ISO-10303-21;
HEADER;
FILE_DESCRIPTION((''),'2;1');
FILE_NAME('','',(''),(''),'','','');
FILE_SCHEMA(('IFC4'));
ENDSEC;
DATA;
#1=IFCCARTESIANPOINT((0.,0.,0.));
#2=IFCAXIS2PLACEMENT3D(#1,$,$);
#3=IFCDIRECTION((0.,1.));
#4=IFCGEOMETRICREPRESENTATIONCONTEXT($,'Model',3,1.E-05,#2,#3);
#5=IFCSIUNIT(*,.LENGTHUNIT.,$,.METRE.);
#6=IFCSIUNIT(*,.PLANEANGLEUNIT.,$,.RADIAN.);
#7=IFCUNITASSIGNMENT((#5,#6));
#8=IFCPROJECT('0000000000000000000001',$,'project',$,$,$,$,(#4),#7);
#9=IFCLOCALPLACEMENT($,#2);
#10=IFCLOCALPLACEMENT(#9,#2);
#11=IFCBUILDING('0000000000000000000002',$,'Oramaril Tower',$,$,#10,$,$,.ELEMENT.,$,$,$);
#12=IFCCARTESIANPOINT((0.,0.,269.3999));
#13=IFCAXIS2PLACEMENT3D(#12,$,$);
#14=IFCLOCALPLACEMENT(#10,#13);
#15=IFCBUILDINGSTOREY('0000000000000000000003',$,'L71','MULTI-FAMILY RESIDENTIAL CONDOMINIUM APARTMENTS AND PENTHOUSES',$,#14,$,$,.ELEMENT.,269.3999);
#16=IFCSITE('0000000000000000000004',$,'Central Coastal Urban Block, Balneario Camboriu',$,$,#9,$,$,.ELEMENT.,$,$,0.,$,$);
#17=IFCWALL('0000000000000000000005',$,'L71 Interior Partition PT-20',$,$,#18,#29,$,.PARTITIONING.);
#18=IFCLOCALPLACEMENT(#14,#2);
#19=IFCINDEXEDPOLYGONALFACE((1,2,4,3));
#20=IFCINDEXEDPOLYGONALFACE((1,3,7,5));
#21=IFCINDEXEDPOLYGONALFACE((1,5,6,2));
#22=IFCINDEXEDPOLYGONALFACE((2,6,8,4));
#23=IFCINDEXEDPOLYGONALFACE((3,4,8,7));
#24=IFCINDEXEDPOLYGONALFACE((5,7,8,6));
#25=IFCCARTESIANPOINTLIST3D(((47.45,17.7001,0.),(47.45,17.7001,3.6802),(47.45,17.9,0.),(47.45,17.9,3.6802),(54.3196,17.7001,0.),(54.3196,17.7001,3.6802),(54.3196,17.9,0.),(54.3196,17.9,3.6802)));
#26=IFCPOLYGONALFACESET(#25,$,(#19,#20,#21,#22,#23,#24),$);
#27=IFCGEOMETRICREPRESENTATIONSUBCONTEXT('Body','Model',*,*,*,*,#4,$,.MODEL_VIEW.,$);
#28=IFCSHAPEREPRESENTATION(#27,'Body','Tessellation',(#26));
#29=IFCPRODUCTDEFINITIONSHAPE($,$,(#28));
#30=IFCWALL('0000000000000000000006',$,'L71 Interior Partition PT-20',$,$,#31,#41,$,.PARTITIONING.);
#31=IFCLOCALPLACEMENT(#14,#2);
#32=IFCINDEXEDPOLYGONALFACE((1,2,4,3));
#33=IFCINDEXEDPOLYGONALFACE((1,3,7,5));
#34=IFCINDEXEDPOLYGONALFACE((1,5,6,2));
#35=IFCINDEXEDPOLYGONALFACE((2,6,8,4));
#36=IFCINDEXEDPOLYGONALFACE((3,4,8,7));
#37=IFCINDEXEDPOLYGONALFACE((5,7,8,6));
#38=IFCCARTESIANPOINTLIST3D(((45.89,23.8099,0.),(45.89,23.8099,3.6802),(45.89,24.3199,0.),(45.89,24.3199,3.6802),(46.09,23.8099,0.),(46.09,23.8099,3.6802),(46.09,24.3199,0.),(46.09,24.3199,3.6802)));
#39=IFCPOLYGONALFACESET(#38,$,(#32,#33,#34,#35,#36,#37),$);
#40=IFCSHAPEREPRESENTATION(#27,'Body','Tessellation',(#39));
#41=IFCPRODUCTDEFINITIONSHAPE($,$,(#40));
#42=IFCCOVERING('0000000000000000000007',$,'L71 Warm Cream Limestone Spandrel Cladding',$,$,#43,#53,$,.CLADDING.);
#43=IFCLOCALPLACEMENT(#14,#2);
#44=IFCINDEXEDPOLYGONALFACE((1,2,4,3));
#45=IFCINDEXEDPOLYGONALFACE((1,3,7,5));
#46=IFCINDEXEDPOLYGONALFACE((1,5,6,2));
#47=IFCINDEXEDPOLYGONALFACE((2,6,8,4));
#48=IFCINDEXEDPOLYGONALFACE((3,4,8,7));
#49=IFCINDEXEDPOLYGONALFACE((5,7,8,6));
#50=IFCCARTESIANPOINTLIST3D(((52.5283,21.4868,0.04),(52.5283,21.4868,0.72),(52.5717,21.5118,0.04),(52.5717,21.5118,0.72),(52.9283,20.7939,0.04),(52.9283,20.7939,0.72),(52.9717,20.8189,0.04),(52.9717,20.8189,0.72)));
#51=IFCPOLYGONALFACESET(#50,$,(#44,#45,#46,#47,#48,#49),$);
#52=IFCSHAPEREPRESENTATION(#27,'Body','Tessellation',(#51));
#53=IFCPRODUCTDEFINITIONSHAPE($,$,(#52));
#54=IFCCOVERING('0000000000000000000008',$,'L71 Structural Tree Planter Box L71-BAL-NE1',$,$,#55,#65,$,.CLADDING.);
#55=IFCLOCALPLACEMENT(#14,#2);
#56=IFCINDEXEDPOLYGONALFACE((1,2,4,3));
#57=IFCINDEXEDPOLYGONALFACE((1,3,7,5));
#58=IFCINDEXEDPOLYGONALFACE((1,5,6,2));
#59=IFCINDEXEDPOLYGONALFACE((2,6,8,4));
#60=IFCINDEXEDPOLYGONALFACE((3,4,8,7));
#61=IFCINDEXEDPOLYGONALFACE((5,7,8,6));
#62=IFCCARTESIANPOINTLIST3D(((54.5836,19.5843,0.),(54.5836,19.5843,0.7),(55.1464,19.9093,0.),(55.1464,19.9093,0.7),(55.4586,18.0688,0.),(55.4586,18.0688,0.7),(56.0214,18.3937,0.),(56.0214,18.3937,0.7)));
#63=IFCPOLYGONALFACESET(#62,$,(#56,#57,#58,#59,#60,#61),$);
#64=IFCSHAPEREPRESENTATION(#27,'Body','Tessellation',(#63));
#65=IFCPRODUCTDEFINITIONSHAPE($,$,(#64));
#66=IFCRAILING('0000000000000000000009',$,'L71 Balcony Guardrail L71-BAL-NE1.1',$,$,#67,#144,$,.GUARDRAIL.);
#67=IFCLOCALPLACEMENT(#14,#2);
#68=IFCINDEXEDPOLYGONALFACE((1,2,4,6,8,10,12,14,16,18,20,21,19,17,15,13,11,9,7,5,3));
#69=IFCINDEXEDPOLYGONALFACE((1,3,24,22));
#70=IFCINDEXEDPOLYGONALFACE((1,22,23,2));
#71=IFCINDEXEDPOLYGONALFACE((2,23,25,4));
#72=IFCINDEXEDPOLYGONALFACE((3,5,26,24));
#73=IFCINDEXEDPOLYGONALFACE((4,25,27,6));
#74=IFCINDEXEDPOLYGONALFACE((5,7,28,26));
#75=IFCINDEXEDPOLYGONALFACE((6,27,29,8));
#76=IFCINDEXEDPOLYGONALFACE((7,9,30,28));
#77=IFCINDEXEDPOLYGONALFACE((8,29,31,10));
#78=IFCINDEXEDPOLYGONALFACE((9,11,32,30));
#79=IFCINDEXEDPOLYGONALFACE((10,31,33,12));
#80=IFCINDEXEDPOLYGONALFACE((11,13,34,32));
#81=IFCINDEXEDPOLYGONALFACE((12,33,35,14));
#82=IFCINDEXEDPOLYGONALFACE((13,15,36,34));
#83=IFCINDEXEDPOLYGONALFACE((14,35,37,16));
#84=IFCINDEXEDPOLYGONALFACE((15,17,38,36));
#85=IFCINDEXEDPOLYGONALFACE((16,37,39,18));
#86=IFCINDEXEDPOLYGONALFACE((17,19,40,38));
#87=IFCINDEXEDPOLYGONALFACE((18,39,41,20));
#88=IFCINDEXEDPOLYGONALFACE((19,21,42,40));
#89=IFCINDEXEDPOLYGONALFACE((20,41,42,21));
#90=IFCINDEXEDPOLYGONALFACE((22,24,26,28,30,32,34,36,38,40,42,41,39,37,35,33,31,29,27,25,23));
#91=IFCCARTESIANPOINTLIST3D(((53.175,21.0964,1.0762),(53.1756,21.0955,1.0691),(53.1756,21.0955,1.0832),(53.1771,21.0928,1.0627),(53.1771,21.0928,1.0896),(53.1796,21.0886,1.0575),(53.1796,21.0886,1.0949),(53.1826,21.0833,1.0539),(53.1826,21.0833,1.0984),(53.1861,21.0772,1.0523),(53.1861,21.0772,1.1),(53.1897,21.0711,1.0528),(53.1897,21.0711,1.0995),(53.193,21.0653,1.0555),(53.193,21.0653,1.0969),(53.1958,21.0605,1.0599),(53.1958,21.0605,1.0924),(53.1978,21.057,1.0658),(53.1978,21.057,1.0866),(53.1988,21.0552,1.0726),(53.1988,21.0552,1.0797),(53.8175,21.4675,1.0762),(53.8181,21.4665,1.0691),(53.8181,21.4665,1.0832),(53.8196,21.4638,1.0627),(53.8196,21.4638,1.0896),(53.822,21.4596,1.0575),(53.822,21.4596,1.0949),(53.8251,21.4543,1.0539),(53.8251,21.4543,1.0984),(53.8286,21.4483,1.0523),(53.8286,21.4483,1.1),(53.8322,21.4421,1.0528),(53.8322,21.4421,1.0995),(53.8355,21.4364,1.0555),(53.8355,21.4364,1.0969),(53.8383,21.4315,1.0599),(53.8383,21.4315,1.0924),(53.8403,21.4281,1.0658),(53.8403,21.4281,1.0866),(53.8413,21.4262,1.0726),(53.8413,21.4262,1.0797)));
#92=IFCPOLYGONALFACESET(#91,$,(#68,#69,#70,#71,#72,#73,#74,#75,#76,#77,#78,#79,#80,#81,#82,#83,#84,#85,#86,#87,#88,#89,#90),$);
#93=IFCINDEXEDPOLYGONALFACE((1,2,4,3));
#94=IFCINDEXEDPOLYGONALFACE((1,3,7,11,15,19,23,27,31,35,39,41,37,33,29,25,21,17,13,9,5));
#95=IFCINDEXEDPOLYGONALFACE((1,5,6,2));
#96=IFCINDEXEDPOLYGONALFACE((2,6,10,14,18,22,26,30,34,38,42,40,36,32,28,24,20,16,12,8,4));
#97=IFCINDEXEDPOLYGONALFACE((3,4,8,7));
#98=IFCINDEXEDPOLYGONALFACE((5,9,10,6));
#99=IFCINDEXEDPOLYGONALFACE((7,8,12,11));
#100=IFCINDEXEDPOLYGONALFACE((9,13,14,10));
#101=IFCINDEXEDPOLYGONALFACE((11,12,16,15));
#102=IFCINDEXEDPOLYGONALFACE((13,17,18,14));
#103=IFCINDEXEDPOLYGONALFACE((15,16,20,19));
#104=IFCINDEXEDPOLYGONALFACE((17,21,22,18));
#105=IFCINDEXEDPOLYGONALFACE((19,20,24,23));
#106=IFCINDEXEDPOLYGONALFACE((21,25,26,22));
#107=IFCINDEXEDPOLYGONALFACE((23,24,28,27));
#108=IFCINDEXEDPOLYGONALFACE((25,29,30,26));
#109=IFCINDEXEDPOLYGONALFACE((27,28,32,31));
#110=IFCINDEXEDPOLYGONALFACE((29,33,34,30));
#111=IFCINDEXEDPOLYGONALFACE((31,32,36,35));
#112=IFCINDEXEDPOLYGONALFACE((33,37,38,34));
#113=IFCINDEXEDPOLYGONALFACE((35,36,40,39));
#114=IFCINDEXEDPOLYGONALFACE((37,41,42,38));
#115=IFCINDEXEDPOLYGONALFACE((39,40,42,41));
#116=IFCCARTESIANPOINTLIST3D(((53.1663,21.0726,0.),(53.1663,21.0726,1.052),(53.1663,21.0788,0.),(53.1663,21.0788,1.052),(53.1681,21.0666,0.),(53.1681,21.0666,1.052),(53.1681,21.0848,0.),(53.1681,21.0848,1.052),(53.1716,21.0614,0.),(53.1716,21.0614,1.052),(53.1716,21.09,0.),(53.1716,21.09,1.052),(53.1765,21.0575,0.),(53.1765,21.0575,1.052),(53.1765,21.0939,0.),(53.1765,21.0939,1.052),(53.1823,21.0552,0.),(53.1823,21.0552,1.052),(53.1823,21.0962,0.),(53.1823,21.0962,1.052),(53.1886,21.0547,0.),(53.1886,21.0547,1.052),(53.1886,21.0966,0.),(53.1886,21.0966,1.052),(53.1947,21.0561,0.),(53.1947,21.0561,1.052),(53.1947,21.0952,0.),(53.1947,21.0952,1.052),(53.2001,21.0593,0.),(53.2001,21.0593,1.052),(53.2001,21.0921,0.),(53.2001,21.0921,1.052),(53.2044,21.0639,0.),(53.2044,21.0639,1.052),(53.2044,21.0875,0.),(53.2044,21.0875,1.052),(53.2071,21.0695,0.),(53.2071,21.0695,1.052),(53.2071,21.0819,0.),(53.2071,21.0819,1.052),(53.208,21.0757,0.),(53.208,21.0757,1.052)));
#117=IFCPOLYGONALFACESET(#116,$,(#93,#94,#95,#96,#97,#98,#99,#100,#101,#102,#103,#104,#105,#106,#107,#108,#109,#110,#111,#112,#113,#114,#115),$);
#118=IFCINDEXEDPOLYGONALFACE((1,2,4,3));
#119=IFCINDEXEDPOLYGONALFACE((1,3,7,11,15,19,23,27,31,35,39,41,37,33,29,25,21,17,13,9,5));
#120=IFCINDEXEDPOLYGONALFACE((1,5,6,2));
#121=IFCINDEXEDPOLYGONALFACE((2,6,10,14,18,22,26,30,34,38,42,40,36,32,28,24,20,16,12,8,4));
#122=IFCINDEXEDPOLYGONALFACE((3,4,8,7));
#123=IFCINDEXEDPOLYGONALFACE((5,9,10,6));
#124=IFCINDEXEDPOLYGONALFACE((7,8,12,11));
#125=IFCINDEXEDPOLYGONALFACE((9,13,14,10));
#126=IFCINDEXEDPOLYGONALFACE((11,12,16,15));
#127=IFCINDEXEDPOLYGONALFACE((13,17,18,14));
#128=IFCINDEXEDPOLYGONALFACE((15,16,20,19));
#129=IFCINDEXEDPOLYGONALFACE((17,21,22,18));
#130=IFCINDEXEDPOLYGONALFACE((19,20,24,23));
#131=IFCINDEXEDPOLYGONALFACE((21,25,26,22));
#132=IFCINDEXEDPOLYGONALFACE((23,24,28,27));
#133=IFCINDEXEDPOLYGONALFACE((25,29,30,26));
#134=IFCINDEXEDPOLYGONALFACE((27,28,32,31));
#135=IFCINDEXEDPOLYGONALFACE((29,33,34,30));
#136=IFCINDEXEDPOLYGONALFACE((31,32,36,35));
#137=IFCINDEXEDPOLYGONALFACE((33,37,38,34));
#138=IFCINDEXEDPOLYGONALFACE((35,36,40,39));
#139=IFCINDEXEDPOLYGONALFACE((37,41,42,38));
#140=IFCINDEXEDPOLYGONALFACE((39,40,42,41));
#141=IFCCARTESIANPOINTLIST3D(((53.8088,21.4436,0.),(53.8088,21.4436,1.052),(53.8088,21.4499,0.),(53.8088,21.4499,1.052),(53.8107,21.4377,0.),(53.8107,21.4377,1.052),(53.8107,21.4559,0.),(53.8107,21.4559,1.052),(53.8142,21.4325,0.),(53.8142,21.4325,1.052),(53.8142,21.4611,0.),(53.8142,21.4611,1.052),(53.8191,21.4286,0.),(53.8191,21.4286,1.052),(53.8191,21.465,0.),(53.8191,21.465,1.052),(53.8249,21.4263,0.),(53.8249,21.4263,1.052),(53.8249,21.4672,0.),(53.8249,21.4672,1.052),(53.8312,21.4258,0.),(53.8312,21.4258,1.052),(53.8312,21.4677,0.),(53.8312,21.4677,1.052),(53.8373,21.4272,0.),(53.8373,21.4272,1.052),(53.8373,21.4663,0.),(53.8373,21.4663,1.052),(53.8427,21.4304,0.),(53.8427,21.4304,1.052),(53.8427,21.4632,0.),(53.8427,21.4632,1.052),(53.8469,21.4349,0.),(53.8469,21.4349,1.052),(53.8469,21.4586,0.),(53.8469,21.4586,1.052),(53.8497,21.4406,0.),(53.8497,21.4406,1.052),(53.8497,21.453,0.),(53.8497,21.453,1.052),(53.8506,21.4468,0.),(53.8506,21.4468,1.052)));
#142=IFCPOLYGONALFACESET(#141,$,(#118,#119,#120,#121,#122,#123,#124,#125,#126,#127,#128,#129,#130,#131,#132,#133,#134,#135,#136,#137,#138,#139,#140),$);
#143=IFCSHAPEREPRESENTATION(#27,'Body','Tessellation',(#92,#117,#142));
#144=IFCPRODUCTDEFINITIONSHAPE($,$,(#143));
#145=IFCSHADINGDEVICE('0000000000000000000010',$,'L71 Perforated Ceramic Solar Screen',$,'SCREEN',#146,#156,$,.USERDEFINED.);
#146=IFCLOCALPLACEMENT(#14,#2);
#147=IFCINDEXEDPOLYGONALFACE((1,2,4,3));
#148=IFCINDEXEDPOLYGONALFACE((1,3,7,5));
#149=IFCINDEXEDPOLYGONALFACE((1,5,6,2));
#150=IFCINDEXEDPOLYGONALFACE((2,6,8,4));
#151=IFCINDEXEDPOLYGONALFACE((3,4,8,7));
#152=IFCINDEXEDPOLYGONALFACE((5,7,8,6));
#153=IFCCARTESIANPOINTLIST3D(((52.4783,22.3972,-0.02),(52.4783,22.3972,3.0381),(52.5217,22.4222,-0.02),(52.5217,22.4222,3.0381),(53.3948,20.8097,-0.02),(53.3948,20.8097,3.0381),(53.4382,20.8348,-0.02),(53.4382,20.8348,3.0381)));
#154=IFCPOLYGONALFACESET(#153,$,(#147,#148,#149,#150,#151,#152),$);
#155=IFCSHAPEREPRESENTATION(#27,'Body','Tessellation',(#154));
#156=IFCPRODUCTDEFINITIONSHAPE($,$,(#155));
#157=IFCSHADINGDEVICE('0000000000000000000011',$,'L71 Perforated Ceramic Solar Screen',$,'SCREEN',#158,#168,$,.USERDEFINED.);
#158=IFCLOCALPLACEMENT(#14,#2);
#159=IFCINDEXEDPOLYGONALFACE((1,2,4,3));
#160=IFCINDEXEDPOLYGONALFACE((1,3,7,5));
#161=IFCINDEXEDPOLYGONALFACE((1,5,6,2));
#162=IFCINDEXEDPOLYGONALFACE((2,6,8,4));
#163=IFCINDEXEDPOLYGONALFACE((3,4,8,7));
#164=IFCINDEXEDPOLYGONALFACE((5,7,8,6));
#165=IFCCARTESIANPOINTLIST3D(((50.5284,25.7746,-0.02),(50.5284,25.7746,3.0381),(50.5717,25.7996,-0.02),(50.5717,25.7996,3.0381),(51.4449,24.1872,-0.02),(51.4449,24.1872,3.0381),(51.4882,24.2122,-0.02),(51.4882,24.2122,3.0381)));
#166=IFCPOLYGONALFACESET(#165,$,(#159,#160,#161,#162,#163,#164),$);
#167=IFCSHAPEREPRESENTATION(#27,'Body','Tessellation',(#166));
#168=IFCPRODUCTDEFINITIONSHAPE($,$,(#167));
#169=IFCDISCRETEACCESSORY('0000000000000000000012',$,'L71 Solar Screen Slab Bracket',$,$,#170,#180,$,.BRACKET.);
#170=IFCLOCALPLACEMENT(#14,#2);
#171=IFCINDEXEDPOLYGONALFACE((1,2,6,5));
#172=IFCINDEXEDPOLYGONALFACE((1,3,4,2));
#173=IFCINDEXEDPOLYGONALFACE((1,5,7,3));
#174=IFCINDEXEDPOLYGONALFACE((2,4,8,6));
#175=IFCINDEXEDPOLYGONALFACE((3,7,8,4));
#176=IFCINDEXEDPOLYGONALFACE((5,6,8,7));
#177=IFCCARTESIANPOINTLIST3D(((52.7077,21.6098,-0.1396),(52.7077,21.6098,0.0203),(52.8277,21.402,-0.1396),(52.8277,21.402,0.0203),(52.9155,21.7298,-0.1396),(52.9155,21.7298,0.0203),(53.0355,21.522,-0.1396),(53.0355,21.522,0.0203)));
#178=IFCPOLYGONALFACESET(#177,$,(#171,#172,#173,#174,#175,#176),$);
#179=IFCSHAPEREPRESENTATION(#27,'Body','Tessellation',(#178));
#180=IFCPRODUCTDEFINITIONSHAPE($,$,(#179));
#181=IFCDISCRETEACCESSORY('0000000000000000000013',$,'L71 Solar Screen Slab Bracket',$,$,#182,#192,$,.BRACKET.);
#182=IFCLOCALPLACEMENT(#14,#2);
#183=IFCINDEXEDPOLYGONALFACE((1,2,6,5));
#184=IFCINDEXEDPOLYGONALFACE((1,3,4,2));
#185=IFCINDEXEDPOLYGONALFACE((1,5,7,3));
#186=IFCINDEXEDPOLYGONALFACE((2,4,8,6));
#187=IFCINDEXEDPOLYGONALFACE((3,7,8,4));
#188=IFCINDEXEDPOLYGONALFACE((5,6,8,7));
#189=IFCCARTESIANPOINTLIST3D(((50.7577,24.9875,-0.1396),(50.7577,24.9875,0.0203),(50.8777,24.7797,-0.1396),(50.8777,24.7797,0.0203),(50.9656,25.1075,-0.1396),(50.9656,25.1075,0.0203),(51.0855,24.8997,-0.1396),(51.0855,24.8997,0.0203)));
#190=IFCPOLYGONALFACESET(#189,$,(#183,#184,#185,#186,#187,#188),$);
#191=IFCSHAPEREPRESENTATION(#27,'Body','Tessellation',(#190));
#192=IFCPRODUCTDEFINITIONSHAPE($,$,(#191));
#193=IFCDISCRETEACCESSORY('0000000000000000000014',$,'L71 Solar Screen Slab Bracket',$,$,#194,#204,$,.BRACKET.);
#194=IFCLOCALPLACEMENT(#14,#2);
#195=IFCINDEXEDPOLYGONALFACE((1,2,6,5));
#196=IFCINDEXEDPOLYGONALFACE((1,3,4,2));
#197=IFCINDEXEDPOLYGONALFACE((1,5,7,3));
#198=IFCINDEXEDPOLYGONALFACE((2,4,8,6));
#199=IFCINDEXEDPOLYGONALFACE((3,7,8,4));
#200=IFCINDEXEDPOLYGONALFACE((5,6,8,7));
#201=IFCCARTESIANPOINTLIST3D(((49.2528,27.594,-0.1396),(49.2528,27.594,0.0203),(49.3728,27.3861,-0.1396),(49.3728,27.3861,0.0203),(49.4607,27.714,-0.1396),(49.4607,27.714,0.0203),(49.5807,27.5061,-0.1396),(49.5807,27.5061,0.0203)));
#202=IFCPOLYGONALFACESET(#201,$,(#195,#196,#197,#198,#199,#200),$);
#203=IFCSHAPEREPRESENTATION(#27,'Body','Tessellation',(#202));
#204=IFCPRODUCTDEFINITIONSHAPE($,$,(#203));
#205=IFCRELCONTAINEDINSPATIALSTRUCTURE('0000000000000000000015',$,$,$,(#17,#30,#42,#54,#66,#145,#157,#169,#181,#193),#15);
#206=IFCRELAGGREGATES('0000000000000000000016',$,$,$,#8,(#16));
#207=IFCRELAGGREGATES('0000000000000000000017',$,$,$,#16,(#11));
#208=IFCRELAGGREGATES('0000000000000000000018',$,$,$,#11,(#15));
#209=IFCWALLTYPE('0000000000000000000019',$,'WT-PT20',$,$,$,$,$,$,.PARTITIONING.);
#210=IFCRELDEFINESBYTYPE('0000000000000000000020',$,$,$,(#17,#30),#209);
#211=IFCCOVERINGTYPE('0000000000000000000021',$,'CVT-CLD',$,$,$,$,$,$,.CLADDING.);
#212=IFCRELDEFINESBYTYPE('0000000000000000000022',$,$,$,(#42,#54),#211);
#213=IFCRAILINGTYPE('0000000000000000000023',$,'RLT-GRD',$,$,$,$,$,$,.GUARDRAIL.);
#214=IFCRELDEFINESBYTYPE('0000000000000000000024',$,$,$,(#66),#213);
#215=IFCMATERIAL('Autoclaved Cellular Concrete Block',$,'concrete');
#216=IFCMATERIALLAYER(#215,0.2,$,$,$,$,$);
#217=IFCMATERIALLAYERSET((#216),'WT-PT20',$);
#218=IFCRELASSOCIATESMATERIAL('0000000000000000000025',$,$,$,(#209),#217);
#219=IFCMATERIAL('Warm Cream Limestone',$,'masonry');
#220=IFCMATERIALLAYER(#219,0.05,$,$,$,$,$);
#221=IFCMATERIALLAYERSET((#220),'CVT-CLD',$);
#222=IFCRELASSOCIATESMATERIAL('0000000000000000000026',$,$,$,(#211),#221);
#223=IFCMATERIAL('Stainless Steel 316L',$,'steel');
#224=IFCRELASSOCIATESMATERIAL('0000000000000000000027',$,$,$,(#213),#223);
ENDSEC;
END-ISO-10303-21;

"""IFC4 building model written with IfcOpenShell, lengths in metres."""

from ifc_helpers import new_model, si_unit, direction, frame, frame_2d, origin, origin_2d, place, context, subcontext, project, spatial, rectangle, circle, extrude, material, layer, layer_set, type_object, element, save


model = new_model("IFC4")

# Units and contexts
model_context = context("Model", 3, precision=1e-05, world=origin(), true_north=direction((0.0, 1.0)))
body_context = subcontext(model_context, "Body", "Model", "MODEL_VIEW")
ifc_project = project(units=[si_unit("LENGTHUNIT", "METRE"), si_unit("PLANEANGLEUNIT", "RADIAN")], contexts=[model_context])

# Site, building, storey
site_placement = place(None, origin())
site = spatial("IfcSite", under=ifc_project, at=site_placement, Name="Central Coastal Urban Block, Balneario Camboriu", CompositionType="ELEMENT", RefElevation=0.0)
building_placement = place(site_placement, origin())
building = spatial("IfcBuilding", under=site, at=building_placement, Name="Oramaril Tower", CompositionType="ELEMENT")
storey_placement = place(building_placement, frame((0.0, 0.0, 269.3999)))
storey = spatial("IfcBuildingStorey", under=building, at=storey_placement, Name="L71", Description="MULTI-FAMILY RESIDENTIAL CONDOMINIUM APARTMENTS AND PENTHOUSES", CompositionType="ELEMENT", Elevation=269.3999)

# Walls
ifc_material_1 = material(Name="Autoclaved Cellular Concrete Block", Category="concrete")
ifc_layer_1 = layer(ifc_material_1, 0.2)
ifc_layer_set_1 = layer_set([ifc_layer_1], Name="WT-PT20")
wall_type_1 = type_object("IfcWallType", Name="WT-PT20", PredefinedType="PARTITIONING", material=ifc_layer_set_1)
wall_1_placement = place(storey_placement, frame((47.45, 17.8, 0.0), z_axis=(0.0, 0.0, 1.0), x_axis=(1.0, 0.0, 0.0)))
element("IfcWall", 1, at=wall_1_placement, inside=storey, type_object=wall_type_1, Name="L71 Interior Partition PT-20", PredefinedType="PARTITIONING", context=body_context, shape_type="SweptSolid", body=[
    extrude(rectangle(XDim=6.8696, YDim=0.2, at=frame_2d((3.4348, 0.0))), origin(), (0.0, 0.0, 1.0), 3.6802),
])
wall_2_placement = place(storey_placement, frame((45.99, 23.8101, 0.0), z_axis=(0.0, 0.0, 1.0), x_axis=(0.0, 1.0, 0.0)))
element("IfcWall", 2, at=wall_2_placement, inside=storey, type_object=wall_type_1, Name="L71 Interior Partition PT-20", PredefinedType="PARTITIONING", context=body_context, shape_type="SweptSolid", body=[
    extrude(rectangle(XDim=0.51, YDim=0.2, at=frame_2d((0.2549, 0.0))), origin(), (0.0, 0.0, 1.0), 3.6802),
])

# Coverings
ifc_material_2 = material(Name="Warm Cream Limestone", Category="masonry")
ifc_layer_2 = layer(ifc_material_2, 0.05)
ifc_layer_set_2 = layer_set([ifc_layer_2], Name="CVT-CLD")
covering_type = type_object("IfcCoveringType", Name="CVT-CLD", PredefinedType="CLADDING", material=ifc_layer_set_2)
covering_1_placement = place(storey_placement, frame((52.75, 21.1528, 0.04), z_axis=(0.0, 0.0, 1.0), x_axis=(-0.5, 0.866025, 0.0)))
element("IfcCovering", 3, at=covering_1_placement, inside=storey, type_object=covering_type, Name="L71 Warm Cream Limestone Spandrel Cladding", PredefinedType="CLADDING", context=body_context, shape_type="SweptSolid", body=[
    extrude(rectangle(XDim=0.8, YDim=0.05, at=origin_2d()), origin(), (0.0, 0.0, 1.0), 0.6799),
])
covering_2_placement = place(storey_placement, frame((55.3025, 18.989, 0.0), z_axis=(0.0, 0.0, 1.0), x_axis=(-0.5, 0.866025, 0.0)))
element("IfcCovering", 4, at=covering_2_placement, inside=storey, type_object=covering_type, Name="L71 Structural Tree Planter Box L71-BAL-NE1", PredefinedType="CLADDING", context=body_context, shape_type="SweptSolid", body=[
    extrude(rectangle(XDim=1.75, YDim=0.6499, at=origin_2d()), origin(), (0.0, 0.0, 1.0), 0.7),
])

# Railing
ifc_material_3 = material(Name="Stainless Steel 316L", Category="steel")
railing_type = type_object("IfcRailingType", Name="RLT-GRD", PredefinedType="GUARDRAIL", material=ifc_material_3)
railing_1_placement = place(storey_placement, frame((53.187, 21.0757, 0.0)))
element("IfcRailing", 5, at=railing_1_placement, inside=storey, type_object=railing_type, Name="L71 Balcony Guardrail L71-BAL-NE1.1", PredefinedType="GUARDRAIL", context=body_context, shape_type="SweptSolid", body=[
    extrude(circle(Radius=0.0239, at=origin_2d()), frame((0.0, 0.0, 1.0762), z_axis=(0.865966, 0.500102, 0.0), x_axis=(-0.500102, 0.865966, 0.0)), (0.0, 0.0, 1.0), 0.7419),
    extrude(circle(Radius=0.021, at=origin_2d()), origin(), (0.0, 0.0, 1.0), 1.052),
    extrude(circle(Radius=0.021, at=origin_2d()), frame((0.6426, 0.3711, 0.0)), (0.0, 0.0, 1.0), 1.052),
])

# Shading devices
for number, where, z_axis, x_axis, name in (
    (6, (52.9583, 21.616, -0.02), (0.0, 0.0, 1.0), (-0.5, 0.866025, 0.0), "L71 Perforated Ceramic Solar Screen"),
    (7, (51.0083, 24.9934, -0.02), (0.0, 0.0, 1.0), (-0.5, 0.866025, 0.0), "L71 Perforated Ceramic Solar Screen"),
):
    element("IfcShadingDevice", number, at=place(storey_placement, frame(where, z_axis=z_axis, x_axis=x_axis)), inside=storey, Name=name, ObjectType="SCREEN", PredefinedType="USERDEFINED", context=body_context, shape_type="SweptSolid", body=[
        extrude(rectangle(XDim=1.833, YDim=0.05, at=origin_2d()), origin(), (0.0, 0.0, 1.0), 3.0581),
    ])

# Discrete accessories
for number, where, z_axis, x_axis, name in (
    (8, (52.8716, 21.5659, -0.1396), (0.0, 0.0, 1.0), (-0.5, 0.866025, 0.0), "L71 Solar Screen Slab Bracket"),
    (9, (50.9216, 24.9436, -0.1396), (0.0, 0.0, 1.0), (-0.5, 0.866025, 0.0), "L71 Solar Screen Slab Bracket"),
    (10, (49.4167, 27.55, -0.1396), (0.0, 0.0, 1.0), (-0.5, 0.866025, 0.0), "L71 Solar Screen Slab Bracket"),
):
    element("IfcDiscreteAccessory", number, at=place(storey_placement, frame(where, z_axis=z_axis, x_axis=x_axis)), inside=storey, Name=name, PredefinedType="BRACKET", context=body_context, shape_type="SweptSolid", body=[
        extrude(rectangle(XDim=0.24, YDim=0.24, at=origin_2d()), origin(), (0.0, 0.0, 1.0), 0.1599),
    ])

save(model, "model.ifc")
